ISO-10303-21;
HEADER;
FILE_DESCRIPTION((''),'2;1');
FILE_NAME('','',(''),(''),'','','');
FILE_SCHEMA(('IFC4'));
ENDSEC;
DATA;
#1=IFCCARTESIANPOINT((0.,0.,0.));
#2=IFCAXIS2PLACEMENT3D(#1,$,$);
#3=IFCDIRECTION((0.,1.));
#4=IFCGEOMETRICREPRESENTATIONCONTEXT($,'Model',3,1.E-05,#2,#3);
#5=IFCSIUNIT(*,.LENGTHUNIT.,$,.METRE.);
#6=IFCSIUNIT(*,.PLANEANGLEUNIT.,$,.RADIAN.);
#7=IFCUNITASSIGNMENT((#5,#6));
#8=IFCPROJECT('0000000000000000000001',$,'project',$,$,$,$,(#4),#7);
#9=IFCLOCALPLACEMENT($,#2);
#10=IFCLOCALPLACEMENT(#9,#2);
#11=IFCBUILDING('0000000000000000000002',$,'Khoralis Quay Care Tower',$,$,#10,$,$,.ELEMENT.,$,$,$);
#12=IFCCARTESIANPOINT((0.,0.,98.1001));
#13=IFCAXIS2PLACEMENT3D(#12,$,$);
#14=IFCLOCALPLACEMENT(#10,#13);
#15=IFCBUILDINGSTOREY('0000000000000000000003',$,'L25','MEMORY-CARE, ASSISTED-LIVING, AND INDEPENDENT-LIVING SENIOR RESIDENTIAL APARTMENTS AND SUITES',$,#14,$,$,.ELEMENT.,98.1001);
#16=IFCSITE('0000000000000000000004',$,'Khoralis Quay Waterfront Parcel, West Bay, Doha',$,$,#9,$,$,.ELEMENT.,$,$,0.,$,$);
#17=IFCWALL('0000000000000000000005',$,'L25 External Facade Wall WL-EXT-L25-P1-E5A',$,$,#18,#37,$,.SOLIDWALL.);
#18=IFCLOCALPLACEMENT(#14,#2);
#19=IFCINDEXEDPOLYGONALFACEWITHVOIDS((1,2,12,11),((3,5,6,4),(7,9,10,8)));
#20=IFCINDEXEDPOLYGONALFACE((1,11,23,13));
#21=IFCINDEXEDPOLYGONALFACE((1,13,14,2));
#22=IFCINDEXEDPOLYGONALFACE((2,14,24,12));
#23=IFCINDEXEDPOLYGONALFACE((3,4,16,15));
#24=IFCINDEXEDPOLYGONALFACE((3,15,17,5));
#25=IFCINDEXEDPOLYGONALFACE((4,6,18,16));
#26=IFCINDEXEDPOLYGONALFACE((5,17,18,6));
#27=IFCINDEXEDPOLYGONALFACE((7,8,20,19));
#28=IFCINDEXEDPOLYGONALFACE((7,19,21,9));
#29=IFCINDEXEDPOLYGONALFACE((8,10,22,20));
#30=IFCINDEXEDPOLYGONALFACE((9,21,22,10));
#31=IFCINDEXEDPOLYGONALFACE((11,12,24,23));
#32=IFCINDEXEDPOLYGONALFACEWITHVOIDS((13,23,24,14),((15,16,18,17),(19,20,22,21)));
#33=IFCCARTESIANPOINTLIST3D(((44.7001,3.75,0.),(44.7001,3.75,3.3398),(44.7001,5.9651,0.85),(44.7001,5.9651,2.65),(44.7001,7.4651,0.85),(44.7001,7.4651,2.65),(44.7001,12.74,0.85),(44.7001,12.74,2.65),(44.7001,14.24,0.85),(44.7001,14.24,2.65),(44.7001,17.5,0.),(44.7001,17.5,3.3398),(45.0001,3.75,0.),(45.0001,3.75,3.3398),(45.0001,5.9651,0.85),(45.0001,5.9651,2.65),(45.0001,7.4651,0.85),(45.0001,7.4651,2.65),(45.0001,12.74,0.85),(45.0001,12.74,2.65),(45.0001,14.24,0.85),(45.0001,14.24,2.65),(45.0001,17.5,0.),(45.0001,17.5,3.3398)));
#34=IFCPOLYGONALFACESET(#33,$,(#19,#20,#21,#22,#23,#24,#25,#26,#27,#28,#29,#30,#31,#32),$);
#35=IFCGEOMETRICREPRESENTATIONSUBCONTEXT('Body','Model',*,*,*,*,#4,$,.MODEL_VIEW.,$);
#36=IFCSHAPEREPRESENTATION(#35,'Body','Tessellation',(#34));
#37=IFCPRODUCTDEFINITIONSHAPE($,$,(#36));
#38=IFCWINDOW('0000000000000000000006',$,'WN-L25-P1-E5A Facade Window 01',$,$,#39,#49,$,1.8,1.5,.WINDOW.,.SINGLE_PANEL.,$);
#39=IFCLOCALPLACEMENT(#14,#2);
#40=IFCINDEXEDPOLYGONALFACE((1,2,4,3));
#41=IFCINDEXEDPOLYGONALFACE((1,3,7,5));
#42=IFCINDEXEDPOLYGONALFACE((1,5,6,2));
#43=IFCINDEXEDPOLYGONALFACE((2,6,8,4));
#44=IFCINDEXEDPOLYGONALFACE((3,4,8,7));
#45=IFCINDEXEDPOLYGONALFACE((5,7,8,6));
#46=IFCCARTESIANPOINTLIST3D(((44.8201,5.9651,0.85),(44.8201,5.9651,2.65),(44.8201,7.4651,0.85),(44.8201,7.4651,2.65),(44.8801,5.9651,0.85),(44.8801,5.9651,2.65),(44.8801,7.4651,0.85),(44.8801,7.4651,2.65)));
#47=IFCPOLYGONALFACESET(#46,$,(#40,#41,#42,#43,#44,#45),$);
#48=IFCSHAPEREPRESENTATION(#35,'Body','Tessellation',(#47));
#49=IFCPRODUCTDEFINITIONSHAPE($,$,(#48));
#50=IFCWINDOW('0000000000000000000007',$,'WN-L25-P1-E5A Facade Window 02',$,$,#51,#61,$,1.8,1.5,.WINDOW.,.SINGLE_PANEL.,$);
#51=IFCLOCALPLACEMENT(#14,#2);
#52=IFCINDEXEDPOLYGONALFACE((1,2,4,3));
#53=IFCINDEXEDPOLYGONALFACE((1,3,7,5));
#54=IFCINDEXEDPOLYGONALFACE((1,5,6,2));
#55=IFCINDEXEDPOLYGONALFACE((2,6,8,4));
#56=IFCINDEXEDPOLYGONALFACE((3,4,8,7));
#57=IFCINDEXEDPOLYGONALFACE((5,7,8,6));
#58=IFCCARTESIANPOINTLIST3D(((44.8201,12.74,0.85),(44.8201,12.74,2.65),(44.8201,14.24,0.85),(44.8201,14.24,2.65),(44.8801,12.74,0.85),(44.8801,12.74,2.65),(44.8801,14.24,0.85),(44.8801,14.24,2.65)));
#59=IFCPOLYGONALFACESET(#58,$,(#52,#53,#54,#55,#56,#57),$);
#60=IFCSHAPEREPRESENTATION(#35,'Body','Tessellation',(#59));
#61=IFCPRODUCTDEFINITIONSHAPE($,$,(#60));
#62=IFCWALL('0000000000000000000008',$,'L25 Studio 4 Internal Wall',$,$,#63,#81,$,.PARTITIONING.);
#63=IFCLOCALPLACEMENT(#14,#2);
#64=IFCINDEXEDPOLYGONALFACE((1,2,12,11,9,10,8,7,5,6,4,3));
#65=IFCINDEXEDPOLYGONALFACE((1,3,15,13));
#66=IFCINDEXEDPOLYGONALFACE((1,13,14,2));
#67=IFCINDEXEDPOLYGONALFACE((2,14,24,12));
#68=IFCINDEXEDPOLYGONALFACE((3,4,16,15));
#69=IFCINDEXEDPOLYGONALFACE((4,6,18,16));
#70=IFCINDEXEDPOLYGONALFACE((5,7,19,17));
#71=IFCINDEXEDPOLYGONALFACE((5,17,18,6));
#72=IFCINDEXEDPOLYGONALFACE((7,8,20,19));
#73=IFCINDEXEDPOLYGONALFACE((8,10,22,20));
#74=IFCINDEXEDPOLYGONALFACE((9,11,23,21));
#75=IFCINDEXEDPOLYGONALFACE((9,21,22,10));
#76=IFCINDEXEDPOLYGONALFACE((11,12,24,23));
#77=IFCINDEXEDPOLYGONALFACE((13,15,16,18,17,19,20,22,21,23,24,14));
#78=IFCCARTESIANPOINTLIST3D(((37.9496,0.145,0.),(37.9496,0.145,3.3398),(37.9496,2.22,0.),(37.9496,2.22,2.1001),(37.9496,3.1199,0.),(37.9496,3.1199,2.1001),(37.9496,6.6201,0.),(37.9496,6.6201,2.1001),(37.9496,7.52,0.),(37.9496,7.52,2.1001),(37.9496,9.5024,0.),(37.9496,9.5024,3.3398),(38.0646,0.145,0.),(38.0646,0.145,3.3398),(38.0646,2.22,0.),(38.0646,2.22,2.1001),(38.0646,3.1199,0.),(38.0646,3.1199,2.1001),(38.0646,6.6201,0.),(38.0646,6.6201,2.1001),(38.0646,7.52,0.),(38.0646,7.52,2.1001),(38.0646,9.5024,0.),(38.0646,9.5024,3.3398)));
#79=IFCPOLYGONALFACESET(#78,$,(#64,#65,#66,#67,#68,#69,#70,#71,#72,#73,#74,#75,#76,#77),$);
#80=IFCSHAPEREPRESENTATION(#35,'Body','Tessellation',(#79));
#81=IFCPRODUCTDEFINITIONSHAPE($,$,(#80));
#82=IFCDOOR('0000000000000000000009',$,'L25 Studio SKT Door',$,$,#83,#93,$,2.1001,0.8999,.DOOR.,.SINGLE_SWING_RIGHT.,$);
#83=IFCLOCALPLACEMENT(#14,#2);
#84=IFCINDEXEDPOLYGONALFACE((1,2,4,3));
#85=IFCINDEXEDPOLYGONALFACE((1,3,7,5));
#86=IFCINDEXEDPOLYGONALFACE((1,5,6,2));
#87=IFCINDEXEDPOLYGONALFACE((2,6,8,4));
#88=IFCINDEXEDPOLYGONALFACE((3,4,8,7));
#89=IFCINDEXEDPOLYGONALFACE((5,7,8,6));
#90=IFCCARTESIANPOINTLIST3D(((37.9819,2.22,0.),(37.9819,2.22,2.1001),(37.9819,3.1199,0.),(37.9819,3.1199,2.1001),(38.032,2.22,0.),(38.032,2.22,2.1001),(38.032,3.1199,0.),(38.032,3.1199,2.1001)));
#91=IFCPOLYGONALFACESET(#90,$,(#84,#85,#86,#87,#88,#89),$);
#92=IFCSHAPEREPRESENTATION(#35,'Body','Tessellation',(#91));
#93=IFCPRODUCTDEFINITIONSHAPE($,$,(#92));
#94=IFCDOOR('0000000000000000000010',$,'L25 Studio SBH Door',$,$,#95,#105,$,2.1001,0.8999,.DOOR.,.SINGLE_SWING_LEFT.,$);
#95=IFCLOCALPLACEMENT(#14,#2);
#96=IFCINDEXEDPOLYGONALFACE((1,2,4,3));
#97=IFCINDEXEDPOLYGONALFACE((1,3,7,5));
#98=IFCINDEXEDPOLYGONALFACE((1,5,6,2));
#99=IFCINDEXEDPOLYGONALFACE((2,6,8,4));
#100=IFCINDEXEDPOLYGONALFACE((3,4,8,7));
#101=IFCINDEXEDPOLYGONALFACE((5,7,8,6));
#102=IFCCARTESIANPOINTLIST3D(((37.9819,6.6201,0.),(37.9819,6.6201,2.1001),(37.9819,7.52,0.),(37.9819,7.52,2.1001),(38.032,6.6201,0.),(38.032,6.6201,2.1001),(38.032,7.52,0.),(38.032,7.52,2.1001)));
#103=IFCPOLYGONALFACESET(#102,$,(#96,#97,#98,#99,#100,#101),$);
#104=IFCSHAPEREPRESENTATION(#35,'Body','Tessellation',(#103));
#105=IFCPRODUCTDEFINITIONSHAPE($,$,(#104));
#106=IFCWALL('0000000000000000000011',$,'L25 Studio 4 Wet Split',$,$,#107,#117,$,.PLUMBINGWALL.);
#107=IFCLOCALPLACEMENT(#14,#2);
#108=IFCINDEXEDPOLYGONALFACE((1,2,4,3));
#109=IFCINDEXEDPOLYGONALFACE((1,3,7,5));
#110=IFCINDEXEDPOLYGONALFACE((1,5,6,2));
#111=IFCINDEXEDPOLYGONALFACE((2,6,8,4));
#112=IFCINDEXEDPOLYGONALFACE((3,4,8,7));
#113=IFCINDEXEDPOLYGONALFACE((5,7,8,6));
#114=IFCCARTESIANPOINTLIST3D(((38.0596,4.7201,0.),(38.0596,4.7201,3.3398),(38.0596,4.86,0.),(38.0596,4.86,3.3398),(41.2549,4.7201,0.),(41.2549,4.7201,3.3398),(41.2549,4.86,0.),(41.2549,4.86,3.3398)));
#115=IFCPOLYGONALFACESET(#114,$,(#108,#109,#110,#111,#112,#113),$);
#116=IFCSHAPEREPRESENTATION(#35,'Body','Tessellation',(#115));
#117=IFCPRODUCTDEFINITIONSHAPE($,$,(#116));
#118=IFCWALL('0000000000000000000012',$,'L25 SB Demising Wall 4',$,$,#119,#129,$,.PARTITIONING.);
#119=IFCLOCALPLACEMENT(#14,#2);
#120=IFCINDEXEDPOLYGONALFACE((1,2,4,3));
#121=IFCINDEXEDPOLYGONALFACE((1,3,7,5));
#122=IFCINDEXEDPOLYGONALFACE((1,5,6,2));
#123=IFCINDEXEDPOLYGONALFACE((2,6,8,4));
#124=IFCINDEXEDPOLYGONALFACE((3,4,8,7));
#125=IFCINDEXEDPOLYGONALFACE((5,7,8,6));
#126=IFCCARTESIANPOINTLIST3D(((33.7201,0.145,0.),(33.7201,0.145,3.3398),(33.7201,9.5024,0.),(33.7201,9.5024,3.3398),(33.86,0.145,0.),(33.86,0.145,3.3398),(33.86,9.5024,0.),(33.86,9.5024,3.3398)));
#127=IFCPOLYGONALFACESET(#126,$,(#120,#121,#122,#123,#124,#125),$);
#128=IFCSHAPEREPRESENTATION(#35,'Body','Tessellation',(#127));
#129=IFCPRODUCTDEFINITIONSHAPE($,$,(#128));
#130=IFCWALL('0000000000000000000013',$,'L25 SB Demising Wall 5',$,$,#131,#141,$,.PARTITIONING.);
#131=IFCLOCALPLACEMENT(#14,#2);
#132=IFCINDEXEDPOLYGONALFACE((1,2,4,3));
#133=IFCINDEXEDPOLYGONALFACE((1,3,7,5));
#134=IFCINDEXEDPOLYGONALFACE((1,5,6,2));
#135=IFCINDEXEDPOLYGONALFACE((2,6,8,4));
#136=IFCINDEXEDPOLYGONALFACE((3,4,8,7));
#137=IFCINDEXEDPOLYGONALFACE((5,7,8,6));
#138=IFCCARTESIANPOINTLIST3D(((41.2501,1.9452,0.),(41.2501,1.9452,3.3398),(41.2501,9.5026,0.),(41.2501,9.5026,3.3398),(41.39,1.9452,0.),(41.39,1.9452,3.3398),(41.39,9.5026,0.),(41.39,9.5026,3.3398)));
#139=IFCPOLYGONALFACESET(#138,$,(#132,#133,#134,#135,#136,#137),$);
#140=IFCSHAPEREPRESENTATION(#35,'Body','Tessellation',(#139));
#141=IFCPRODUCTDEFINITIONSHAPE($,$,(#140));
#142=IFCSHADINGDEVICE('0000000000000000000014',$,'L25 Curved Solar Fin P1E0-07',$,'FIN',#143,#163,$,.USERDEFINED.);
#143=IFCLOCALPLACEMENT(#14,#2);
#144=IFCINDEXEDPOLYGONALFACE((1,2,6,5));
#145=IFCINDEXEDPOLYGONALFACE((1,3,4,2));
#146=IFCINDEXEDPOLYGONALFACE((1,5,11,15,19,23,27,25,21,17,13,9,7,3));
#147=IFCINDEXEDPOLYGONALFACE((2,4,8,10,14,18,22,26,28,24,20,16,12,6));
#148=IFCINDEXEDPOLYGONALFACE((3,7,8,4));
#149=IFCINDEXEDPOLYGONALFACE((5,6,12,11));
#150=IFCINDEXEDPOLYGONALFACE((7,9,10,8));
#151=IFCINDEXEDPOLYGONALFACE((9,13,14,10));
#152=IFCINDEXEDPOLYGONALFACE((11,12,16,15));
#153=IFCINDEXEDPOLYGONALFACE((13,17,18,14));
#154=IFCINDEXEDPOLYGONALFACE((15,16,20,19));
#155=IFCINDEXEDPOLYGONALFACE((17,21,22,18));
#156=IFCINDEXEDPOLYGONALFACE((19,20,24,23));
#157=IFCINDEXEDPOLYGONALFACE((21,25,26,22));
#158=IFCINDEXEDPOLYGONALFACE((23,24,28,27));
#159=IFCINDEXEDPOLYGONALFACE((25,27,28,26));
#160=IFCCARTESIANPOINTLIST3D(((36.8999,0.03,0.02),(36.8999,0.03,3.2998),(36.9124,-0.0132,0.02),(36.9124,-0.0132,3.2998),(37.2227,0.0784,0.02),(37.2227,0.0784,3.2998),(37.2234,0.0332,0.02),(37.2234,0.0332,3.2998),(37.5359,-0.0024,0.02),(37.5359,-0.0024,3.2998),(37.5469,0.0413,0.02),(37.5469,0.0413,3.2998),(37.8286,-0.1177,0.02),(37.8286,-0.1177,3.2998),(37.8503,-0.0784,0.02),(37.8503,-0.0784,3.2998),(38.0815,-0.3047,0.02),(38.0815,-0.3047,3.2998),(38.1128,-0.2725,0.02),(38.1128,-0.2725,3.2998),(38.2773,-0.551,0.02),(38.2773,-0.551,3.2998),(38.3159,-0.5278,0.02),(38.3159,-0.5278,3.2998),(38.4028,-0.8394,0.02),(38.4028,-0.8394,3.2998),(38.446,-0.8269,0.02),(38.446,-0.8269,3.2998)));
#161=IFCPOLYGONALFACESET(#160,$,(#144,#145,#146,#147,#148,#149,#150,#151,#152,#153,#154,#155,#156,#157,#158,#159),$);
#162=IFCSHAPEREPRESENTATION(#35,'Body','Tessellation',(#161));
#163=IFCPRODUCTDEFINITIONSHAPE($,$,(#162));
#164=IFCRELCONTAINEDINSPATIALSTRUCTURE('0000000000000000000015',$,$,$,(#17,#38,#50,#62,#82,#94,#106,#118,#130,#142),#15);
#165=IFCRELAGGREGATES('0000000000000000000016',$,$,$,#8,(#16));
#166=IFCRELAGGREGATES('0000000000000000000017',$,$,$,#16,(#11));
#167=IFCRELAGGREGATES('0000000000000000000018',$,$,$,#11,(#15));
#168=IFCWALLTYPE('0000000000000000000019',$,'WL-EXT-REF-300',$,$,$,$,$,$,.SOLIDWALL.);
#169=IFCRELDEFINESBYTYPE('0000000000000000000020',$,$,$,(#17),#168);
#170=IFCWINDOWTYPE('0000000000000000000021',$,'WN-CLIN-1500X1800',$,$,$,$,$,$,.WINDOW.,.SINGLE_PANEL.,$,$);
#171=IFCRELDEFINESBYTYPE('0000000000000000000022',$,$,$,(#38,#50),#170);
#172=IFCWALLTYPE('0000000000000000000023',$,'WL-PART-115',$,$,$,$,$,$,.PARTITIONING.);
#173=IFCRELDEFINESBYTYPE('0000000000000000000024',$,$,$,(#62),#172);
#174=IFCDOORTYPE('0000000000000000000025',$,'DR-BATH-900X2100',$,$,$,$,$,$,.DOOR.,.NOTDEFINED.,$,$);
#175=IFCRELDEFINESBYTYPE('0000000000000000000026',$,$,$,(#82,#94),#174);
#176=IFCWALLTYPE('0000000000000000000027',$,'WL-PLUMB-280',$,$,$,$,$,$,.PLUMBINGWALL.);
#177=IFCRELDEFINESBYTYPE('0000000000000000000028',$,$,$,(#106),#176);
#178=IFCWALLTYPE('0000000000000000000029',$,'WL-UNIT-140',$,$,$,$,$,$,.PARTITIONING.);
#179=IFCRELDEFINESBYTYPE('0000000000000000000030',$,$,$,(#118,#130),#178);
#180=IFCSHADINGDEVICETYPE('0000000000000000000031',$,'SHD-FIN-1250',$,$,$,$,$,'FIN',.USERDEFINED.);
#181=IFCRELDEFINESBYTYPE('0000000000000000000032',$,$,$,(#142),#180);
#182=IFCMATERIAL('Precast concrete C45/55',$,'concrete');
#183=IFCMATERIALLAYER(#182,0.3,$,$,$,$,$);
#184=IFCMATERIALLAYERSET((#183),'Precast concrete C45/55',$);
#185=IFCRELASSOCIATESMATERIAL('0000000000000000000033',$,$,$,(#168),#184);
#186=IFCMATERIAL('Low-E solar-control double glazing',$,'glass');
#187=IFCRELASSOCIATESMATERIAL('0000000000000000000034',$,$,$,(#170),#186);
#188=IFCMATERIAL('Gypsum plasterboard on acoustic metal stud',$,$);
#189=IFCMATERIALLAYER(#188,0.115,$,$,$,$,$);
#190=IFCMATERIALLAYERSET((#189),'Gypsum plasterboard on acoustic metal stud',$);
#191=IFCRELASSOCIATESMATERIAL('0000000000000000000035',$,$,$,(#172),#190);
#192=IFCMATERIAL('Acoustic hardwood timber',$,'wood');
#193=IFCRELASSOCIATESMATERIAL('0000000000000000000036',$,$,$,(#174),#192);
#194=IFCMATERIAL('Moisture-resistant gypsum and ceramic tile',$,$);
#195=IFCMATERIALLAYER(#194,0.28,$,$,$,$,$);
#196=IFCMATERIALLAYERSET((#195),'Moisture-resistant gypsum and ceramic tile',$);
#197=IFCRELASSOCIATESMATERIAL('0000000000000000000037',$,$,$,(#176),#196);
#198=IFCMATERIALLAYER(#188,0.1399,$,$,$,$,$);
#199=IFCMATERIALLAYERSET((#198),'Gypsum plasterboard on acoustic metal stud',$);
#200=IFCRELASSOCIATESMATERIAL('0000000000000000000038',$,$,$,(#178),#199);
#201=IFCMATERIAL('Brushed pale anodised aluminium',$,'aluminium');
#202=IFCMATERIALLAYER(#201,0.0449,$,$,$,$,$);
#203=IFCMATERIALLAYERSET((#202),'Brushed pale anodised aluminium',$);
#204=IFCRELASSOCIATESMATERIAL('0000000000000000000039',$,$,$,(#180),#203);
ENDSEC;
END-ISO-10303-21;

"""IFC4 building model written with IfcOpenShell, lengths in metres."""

from ifc_helpers import new_model, si_unit, direction, frame, frame_2d, origin, place, context, subcontext, project, spatial, polyline, rectangle, outline, extrude, source, transform, mapped, material, layer, layer_set, type_object, element, fill, save


model = new_model("IFC4")

# Units and contexts
model_context = context("Model", 3, precision=1e-05, world=origin(), true_north=direction((0.0, 1.0)))
body_context = subcontext(model_context, "Body", "Model", "MODEL_VIEW")
ifc_project = project(units=[si_unit("LENGTHUNIT", "METRE"), si_unit("PLANEANGLEUNIT", "RADIAN")], contexts=[model_context])

# Site, building, storey
site_placement = place(None, origin())
site = spatial("IfcSite", under=ifc_project, at=site_placement, Name="Khoralis Quay Waterfront Parcel, West Bay, Doha", CompositionType="ELEMENT", RefElevation=0.0)
building_placement = place(site_placement, origin())
building = spatial("IfcBuilding", under=site, at=building_placement, Name="Khoralis Quay Care Tower", CompositionType="ELEMENT")
storey_placement = place(building_placement, frame((0.0, 0.0, 98.1001)))
storey = spatial("IfcBuildingStorey", under=building, at=storey_placement, Name="L25", Description="MEMORY-CARE, ASSISTED-LIVING, AND INDEPENDENT-LIVING SENIOR RESIDENTIAL APARTMENTS AND SUITES", CompositionType="ELEMENT", Elevation=98.1001)

# Shared definitions
ifc_material_1 = material(Name="Gypsum plasterboard on acoustic metal stud")

# Shared definitions
ifc_material_2 = material(Name="Acoustic hardwood timber", Category="wood")

# Shared definitions
ifc_material_3 = material(Name="Precast concrete C45/55", Category="concrete")
ifc_layer_1 = layer(ifc_material_3, 0.3)
ifc_layer_set_1 = layer_set([ifc_layer_1], Name="Precast concrete C45/55")
wall_type_1 = type_object("IfcWallType", Name="WL-EXT-REF-300", PredefinedType="SOLIDWALL", material=ifc_layer_set_1)

# Wall, openings, windows
wall_1_placement = place(storey_placement, frame((44.8501, 3.75, 0.0), z_axis=(0.0, 0.0, 1.0), x_axis=(0.0, 1.0, 0.0)))
wall_1 = element("IfcWall", 1, at=wall_1_placement, inside=storey, type_object=wall_type_1, Name="L25 External Facade Wall WL-EXT-L25-P1-E5A", PredefinedType="SOLIDWALL", context=body_context, shape_type="SweptSolid", body=[
    extrude(rectangle(XDim=13.75, YDim=0.3, at=frame_2d((6.875, 0.0))), origin(), (0.0, 0.0, 1.0), 3.3398),
])
opening_1_placement = place(wall_1_placement, frame((2.2151, 0.0, 0.8501)))
opening_1 = element("IfcOpeningElement", 2, at=opening_1_placement, cuts=wall_1, PredefinedType="OPENING", context=body_context, shape_type="SweptSolid", body=[
    extrude(rectangle(XDim=1.5, YDim=1.8, at=frame_2d((0.75, 0.8999))), frame((0.0, 0.1602, 0.0), z_axis=(0.0, -1.0, 0.0), x_axis=(1.0, 0.0, 0.0)), (0.0, 0.0, 1.0), 0.3201),
])
opening_2_placement = place(wall_1_placement, frame((8.99, 0.0, 0.8501)))
opening_2 = element("IfcOpeningElement", 3, at=opening_2_placement, cuts=wall_1, PredefinedType="OPENING", context=body_context, shape_type="SweptSolid", body=[
    extrude(rectangle(XDim=1.5, YDim=1.8, at=frame_2d((0.75, 0.8999))), frame((0.0, 0.1602, 0.0), z_axis=(0.0, -1.0, 0.0), x_axis=(1.0, 0.0, 0.0)), (0.0, 0.0, 1.0), 0.3201),
])
ifc_material_4 = material(Name="Low-E solar-control double glazing", Category="glass")
window_type = type_object("IfcWindowType", Name="WN-CLIN-1500X1800", PartitioningType="SINGLE_PANEL", PredefinedType="WINDOW", material=ifc_material_4)
shared_shape_1 = source(origin(), body_context, "Body", "SweptSolid", [
    extrude(rectangle(XDim=1.5, YDim=1.8, at=frame_2d((0.75, 0.8999))), frame((0.0, 0.03, 0.0), z_axis=(0.0, -1.0, 0.0), x_axis=(1.0, 0.0, 0.0)), (0.0, 0.0, 1.0), 0.0601),
])
window_1_placement = place(opening_1_placement, origin())
window_1 = element("IfcWindow", 4, at=window_1_placement, inside=storey, type_object=window_type, Name="WN-L25-P1-E5A Facade Window 01", OverallHeight=1.8, OverallWidth=1.5, PartitioningType="SINGLE_PANEL", PredefinedType="WINDOW", context=body_context, shape_type="MappedRepresentation", body=[
    mapped(shared_shape_1, transform((0.0, 0.0, 0.0), scale=1.0)),
])
fill(opening_1, window_1)
window_2_placement = place(opening_2_placement, origin())
window_2 = element("IfcWindow", 5, at=window_2_placement, inside=storey, type_object=window_type, Name="WN-L25-P1-E5A Facade Window 02", OverallHeight=1.8, OverallWidth=1.5, PartitioningType="SINGLE_PANEL", PredefinedType="WINDOW", context=body_context, shape_type="MappedRepresentation", body=[
    mapped(shared_shape_1, transform((0.0, 0.0, 0.0), scale=1.0)),
])
fill(opening_2, window_2)

# Wall, openings, doors
ifc_layer_2 = layer(ifc_material_1, 0.115)
ifc_layer_set_2 = layer_set([ifc_layer_2], Name="Gypsum plasterboard on acoustic metal stud")
wall_type_2 = type_object("IfcWallType", Name="WL-PART-115", PredefinedType="PARTITIONING", material=ifc_layer_set_2)
wall_2_placement = place(storey_placement, frame((38.0071, 0.145, 0.0), z_axis=(0.0, 0.0, 1.0), x_axis=(0.0, 1.0, 0.0)))
wall_2 = element("IfcWall", 6, at=wall_2_placement, inside=storey, type_object=wall_type_2, Name="L25 Studio 4 Internal Wall", PredefinedType="PARTITIONING", context=body_context, shape_type="SweptSolid", body=[
    extrude(rectangle(XDim=9.3574, YDim=0.115, at=frame_2d((4.6787, 0.0))), origin(), (0.0, 0.0, 1.0), 3.3398),
])
opening_3_placement = place(wall_2_placement, frame((2.075, 0.0, 0.0)))
opening_3 = element("IfcOpeningElement", 7, at=opening_3_placement, cuts=wall_2, PredefinedType="OPENING", context=body_context, shape_type="SweptSolid", body=[
    extrude(rectangle(XDim=0.8999, YDim=2.1001, at=frame_2d((0.45, 1.05))), frame((0.0, 0.0674, 0.0), z_axis=(0.0, -1.0, 0.0), x_axis=(1.0, 0.0, 0.0)), (0.0, 0.0, 1.0), 0.135),
])
opening_4_placement = place(wall_2_placement, frame((6.4751, 0.0, 0.0)))
opening_4 = element("IfcOpeningElement", 8, at=opening_4_placement, cuts=wall_2, PredefinedType="OPENING", context=body_context, shape_type="SweptSolid", body=[
    extrude(rectangle(XDim=0.8999, YDim=2.1001, at=frame_2d((0.45, 1.05))), frame((0.0, 0.0674, 0.0), z_axis=(0.0, -1.0, 0.0), x_axis=(1.0, 0.0, 0.0)), (0.0, 0.0, 1.0), 0.135),
])
door_type_1 = type_object("IfcDoorType", Name="DR-BATH-900X2100", OperationType="NOTDEFINED", PredefinedType="DOOR", material=ifc_material_2)
shared_shape_2 = source(origin(), body_context, "Body", "SweptSolid", [
    extrude(rectangle(XDim=0.8999, YDim=2.1001, at=frame_2d((0.45, 1.05))), frame((0.0, 0.0249, 0.0), z_axis=(0.0, -1.0, 0.0), x_axis=(1.0, 0.0, 0.0)), (0.0, 0.0, 1.0), 0.05),
])
door_1_placement = place(opening_3_placement, frame((0.8999, 0.0, 0.0), z_axis=(0.0, 0.0, 1.0), x_axis=(-1.0, 0.0, 0.0)))
door_1 = element("IfcDoor", 9, at=door_1_placement, inside=storey, type_object=door_type_1, Name="L25 Studio SKT Door", OperationType="SINGLE_SWING_RIGHT", OverallHeight=2.1001, OverallWidth=0.8999, PredefinedType="DOOR", context=body_context, shape_type="MappedRepresentation", body=[
    mapped(shared_shape_2, transform((0.0, 0.0, 0.0), scale=1.0)),
])
fill(opening_3, door_1)
door_2_placement = place(opening_4_placement, frame((0.8999, 0.0, 0.0), z_axis=(0.0, 0.0, 1.0), x_axis=(-1.0, 0.0, 0.0)))
door_2 = element("IfcDoor", 10, at=door_2_placement, inside=storey, type_object=door_type_1, Name="L25 Studio SBH Door", OperationType="SINGLE_SWING_LEFT", OverallHeight=2.1001, OverallWidth=0.8999, PredefinedType="DOOR", context=body_context, shape_type="MappedRepresentation", body=[
    mapped(shared_shape_2, transform((0.0, 0.0, 0.0), scale=1.0)),
])
fill(opening_4, door_2)

# Walls
ifc_material_5 = material(Name="Moisture-resistant gypsum and ceramic tile")
ifc_layer_3 = layer(ifc_material_5, 0.28)
ifc_layer_set_3 = layer_set([ifc_layer_3], Name="Moisture-resistant gypsum and ceramic tile")
wall_type_3 = type_object("IfcWallType", Name="WL-PLUMB-280", PredefinedType="PLUMBINGWALL", material=ifc_layer_set_3)
wall_3_placement = place(storey_placement, frame((38.0596, 4.79, 0.0), z_axis=(0.0, 0.0, 1.0), x_axis=(1.0, 0.0, 0.0)))
element("IfcWall", 11, at=wall_3_placement, inside=storey, type_object=wall_type_3, Name="L25 Studio 4 Wet Split", PredefinedType="PLUMBINGWALL", context=body_context, shape_type="SweptSolid", body=[
    extrude(rectangle(XDim=3.1953, YDim=0.1399, at=frame_2d((1.5977, 0.0))), origin(), (0.0, 0.0, 1.0), 3.3398),
])
ifc_layer_4 = layer(ifc_material_1, 0.1399)
ifc_layer_set_4 = layer_set([ifc_layer_4], Name="Gypsum plasterboard on acoustic metal stud")
wall_type_4 = type_object("IfcWallType", Name="WL-UNIT-140", PredefinedType="PARTITIONING", material=ifc_layer_set_4)
wall_4_placement = place(storey_placement, frame((33.79, 0.145, 0.0), z_axis=(0.0, 0.0, 1.0), x_axis=(0.0, 1.0, 0.0)))
element("IfcWall", 12, at=wall_4_placement, inside=storey, type_object=wall_type_4, Name="L25 SB Demising Wall 4", PredefinedType="PARTITIONING", context=body_context, shape_type="SweptSolid", body=[
    extrude(rectangle(XDim=9.3574, YDim=0.1399, at=frame_2d((4.6787, 0.0))), origin(), (0.0, 0.0, 1.0), 3.3398),
])
wall_5_placement = place(storey_placement, frame((41.3201, 1.9451, 0.0), z_axis=(0.0, 0.0, 1.0), x_axis=(0.0, 1.0, 0.0)))
element("IfcWall", 13, at=wall_5_placement, inside=storey, type_object=wall_type_4, Name="L25 SB Demising Wall 5", PredefinedType="PARTITIONING", context=body_context, shape_type="SweptSolid", body=[
    extrude(rectangle(XDim=7.5574, YDim=0.1399, at=frame_2d((3.7788, 0.0))), origin(), (0.0, 0.0, 1.0), 3.3398),
])

# Shading device
ifc_material_6 = material(Name="Brushed pale anodised aluminium", Category="aluminium")
ifc_layer_5 = layer(ifc_material_6, 0.0449)
ifc_layer_set_5 = layer_set([ifc_layer_5], Name="Brushed pale anodised aluminium")
shading_device_type = type_object("IfcShadingDeviceType", Name="SHD-FIN-1250", ElementType="FIN", PredefinedType="USERDEFINED", material=ifc_layer_set_5)
shared_shape_3 = source(origin(), body_context, "Body", "SweptSolid", [
    extrude(outline(polyline([(0.0, 0.0), (-0.0483, 0.3228), (-0.0112, 0.647), (0.1084, 0.9504), (0.3025, 1.2129), (0.5579, 1.416), (0.8569, 1.5461), (0.8694, 1.5029), (0.5811, 1.3774), (0.3347, 1.1816), (0.1477, 0.9287), (0.0325, 0.636), (-0.0032, 0.3235), (0.0432, 0.0125), (0.0, 0.0)])), origin(), (0.0, 0.0, 1.0), 3.2798),
])
shading_device_placement = place(storey_placement, frame((36.8999, 0.03, 0.02), z_axis=(0.0, 0.0, 1.0), x_axis=(0.0, -1.0, 0.0)))
element("IfcShadingDevice", 14, at=shading_device_placement, inside=storey, type_object=shading_device_type, Name="L25 Curved Solar Fin P1E0-07", ObjectType="FIN", PredefinedType="USERDEFINED", context=body_context, shape_type="MappedRepresentation", body=[
    mapped(shared_shape_3, transform((0.0, 0.0, 0.0), scale=1.0)),
])

save(model, "model.ifc")
